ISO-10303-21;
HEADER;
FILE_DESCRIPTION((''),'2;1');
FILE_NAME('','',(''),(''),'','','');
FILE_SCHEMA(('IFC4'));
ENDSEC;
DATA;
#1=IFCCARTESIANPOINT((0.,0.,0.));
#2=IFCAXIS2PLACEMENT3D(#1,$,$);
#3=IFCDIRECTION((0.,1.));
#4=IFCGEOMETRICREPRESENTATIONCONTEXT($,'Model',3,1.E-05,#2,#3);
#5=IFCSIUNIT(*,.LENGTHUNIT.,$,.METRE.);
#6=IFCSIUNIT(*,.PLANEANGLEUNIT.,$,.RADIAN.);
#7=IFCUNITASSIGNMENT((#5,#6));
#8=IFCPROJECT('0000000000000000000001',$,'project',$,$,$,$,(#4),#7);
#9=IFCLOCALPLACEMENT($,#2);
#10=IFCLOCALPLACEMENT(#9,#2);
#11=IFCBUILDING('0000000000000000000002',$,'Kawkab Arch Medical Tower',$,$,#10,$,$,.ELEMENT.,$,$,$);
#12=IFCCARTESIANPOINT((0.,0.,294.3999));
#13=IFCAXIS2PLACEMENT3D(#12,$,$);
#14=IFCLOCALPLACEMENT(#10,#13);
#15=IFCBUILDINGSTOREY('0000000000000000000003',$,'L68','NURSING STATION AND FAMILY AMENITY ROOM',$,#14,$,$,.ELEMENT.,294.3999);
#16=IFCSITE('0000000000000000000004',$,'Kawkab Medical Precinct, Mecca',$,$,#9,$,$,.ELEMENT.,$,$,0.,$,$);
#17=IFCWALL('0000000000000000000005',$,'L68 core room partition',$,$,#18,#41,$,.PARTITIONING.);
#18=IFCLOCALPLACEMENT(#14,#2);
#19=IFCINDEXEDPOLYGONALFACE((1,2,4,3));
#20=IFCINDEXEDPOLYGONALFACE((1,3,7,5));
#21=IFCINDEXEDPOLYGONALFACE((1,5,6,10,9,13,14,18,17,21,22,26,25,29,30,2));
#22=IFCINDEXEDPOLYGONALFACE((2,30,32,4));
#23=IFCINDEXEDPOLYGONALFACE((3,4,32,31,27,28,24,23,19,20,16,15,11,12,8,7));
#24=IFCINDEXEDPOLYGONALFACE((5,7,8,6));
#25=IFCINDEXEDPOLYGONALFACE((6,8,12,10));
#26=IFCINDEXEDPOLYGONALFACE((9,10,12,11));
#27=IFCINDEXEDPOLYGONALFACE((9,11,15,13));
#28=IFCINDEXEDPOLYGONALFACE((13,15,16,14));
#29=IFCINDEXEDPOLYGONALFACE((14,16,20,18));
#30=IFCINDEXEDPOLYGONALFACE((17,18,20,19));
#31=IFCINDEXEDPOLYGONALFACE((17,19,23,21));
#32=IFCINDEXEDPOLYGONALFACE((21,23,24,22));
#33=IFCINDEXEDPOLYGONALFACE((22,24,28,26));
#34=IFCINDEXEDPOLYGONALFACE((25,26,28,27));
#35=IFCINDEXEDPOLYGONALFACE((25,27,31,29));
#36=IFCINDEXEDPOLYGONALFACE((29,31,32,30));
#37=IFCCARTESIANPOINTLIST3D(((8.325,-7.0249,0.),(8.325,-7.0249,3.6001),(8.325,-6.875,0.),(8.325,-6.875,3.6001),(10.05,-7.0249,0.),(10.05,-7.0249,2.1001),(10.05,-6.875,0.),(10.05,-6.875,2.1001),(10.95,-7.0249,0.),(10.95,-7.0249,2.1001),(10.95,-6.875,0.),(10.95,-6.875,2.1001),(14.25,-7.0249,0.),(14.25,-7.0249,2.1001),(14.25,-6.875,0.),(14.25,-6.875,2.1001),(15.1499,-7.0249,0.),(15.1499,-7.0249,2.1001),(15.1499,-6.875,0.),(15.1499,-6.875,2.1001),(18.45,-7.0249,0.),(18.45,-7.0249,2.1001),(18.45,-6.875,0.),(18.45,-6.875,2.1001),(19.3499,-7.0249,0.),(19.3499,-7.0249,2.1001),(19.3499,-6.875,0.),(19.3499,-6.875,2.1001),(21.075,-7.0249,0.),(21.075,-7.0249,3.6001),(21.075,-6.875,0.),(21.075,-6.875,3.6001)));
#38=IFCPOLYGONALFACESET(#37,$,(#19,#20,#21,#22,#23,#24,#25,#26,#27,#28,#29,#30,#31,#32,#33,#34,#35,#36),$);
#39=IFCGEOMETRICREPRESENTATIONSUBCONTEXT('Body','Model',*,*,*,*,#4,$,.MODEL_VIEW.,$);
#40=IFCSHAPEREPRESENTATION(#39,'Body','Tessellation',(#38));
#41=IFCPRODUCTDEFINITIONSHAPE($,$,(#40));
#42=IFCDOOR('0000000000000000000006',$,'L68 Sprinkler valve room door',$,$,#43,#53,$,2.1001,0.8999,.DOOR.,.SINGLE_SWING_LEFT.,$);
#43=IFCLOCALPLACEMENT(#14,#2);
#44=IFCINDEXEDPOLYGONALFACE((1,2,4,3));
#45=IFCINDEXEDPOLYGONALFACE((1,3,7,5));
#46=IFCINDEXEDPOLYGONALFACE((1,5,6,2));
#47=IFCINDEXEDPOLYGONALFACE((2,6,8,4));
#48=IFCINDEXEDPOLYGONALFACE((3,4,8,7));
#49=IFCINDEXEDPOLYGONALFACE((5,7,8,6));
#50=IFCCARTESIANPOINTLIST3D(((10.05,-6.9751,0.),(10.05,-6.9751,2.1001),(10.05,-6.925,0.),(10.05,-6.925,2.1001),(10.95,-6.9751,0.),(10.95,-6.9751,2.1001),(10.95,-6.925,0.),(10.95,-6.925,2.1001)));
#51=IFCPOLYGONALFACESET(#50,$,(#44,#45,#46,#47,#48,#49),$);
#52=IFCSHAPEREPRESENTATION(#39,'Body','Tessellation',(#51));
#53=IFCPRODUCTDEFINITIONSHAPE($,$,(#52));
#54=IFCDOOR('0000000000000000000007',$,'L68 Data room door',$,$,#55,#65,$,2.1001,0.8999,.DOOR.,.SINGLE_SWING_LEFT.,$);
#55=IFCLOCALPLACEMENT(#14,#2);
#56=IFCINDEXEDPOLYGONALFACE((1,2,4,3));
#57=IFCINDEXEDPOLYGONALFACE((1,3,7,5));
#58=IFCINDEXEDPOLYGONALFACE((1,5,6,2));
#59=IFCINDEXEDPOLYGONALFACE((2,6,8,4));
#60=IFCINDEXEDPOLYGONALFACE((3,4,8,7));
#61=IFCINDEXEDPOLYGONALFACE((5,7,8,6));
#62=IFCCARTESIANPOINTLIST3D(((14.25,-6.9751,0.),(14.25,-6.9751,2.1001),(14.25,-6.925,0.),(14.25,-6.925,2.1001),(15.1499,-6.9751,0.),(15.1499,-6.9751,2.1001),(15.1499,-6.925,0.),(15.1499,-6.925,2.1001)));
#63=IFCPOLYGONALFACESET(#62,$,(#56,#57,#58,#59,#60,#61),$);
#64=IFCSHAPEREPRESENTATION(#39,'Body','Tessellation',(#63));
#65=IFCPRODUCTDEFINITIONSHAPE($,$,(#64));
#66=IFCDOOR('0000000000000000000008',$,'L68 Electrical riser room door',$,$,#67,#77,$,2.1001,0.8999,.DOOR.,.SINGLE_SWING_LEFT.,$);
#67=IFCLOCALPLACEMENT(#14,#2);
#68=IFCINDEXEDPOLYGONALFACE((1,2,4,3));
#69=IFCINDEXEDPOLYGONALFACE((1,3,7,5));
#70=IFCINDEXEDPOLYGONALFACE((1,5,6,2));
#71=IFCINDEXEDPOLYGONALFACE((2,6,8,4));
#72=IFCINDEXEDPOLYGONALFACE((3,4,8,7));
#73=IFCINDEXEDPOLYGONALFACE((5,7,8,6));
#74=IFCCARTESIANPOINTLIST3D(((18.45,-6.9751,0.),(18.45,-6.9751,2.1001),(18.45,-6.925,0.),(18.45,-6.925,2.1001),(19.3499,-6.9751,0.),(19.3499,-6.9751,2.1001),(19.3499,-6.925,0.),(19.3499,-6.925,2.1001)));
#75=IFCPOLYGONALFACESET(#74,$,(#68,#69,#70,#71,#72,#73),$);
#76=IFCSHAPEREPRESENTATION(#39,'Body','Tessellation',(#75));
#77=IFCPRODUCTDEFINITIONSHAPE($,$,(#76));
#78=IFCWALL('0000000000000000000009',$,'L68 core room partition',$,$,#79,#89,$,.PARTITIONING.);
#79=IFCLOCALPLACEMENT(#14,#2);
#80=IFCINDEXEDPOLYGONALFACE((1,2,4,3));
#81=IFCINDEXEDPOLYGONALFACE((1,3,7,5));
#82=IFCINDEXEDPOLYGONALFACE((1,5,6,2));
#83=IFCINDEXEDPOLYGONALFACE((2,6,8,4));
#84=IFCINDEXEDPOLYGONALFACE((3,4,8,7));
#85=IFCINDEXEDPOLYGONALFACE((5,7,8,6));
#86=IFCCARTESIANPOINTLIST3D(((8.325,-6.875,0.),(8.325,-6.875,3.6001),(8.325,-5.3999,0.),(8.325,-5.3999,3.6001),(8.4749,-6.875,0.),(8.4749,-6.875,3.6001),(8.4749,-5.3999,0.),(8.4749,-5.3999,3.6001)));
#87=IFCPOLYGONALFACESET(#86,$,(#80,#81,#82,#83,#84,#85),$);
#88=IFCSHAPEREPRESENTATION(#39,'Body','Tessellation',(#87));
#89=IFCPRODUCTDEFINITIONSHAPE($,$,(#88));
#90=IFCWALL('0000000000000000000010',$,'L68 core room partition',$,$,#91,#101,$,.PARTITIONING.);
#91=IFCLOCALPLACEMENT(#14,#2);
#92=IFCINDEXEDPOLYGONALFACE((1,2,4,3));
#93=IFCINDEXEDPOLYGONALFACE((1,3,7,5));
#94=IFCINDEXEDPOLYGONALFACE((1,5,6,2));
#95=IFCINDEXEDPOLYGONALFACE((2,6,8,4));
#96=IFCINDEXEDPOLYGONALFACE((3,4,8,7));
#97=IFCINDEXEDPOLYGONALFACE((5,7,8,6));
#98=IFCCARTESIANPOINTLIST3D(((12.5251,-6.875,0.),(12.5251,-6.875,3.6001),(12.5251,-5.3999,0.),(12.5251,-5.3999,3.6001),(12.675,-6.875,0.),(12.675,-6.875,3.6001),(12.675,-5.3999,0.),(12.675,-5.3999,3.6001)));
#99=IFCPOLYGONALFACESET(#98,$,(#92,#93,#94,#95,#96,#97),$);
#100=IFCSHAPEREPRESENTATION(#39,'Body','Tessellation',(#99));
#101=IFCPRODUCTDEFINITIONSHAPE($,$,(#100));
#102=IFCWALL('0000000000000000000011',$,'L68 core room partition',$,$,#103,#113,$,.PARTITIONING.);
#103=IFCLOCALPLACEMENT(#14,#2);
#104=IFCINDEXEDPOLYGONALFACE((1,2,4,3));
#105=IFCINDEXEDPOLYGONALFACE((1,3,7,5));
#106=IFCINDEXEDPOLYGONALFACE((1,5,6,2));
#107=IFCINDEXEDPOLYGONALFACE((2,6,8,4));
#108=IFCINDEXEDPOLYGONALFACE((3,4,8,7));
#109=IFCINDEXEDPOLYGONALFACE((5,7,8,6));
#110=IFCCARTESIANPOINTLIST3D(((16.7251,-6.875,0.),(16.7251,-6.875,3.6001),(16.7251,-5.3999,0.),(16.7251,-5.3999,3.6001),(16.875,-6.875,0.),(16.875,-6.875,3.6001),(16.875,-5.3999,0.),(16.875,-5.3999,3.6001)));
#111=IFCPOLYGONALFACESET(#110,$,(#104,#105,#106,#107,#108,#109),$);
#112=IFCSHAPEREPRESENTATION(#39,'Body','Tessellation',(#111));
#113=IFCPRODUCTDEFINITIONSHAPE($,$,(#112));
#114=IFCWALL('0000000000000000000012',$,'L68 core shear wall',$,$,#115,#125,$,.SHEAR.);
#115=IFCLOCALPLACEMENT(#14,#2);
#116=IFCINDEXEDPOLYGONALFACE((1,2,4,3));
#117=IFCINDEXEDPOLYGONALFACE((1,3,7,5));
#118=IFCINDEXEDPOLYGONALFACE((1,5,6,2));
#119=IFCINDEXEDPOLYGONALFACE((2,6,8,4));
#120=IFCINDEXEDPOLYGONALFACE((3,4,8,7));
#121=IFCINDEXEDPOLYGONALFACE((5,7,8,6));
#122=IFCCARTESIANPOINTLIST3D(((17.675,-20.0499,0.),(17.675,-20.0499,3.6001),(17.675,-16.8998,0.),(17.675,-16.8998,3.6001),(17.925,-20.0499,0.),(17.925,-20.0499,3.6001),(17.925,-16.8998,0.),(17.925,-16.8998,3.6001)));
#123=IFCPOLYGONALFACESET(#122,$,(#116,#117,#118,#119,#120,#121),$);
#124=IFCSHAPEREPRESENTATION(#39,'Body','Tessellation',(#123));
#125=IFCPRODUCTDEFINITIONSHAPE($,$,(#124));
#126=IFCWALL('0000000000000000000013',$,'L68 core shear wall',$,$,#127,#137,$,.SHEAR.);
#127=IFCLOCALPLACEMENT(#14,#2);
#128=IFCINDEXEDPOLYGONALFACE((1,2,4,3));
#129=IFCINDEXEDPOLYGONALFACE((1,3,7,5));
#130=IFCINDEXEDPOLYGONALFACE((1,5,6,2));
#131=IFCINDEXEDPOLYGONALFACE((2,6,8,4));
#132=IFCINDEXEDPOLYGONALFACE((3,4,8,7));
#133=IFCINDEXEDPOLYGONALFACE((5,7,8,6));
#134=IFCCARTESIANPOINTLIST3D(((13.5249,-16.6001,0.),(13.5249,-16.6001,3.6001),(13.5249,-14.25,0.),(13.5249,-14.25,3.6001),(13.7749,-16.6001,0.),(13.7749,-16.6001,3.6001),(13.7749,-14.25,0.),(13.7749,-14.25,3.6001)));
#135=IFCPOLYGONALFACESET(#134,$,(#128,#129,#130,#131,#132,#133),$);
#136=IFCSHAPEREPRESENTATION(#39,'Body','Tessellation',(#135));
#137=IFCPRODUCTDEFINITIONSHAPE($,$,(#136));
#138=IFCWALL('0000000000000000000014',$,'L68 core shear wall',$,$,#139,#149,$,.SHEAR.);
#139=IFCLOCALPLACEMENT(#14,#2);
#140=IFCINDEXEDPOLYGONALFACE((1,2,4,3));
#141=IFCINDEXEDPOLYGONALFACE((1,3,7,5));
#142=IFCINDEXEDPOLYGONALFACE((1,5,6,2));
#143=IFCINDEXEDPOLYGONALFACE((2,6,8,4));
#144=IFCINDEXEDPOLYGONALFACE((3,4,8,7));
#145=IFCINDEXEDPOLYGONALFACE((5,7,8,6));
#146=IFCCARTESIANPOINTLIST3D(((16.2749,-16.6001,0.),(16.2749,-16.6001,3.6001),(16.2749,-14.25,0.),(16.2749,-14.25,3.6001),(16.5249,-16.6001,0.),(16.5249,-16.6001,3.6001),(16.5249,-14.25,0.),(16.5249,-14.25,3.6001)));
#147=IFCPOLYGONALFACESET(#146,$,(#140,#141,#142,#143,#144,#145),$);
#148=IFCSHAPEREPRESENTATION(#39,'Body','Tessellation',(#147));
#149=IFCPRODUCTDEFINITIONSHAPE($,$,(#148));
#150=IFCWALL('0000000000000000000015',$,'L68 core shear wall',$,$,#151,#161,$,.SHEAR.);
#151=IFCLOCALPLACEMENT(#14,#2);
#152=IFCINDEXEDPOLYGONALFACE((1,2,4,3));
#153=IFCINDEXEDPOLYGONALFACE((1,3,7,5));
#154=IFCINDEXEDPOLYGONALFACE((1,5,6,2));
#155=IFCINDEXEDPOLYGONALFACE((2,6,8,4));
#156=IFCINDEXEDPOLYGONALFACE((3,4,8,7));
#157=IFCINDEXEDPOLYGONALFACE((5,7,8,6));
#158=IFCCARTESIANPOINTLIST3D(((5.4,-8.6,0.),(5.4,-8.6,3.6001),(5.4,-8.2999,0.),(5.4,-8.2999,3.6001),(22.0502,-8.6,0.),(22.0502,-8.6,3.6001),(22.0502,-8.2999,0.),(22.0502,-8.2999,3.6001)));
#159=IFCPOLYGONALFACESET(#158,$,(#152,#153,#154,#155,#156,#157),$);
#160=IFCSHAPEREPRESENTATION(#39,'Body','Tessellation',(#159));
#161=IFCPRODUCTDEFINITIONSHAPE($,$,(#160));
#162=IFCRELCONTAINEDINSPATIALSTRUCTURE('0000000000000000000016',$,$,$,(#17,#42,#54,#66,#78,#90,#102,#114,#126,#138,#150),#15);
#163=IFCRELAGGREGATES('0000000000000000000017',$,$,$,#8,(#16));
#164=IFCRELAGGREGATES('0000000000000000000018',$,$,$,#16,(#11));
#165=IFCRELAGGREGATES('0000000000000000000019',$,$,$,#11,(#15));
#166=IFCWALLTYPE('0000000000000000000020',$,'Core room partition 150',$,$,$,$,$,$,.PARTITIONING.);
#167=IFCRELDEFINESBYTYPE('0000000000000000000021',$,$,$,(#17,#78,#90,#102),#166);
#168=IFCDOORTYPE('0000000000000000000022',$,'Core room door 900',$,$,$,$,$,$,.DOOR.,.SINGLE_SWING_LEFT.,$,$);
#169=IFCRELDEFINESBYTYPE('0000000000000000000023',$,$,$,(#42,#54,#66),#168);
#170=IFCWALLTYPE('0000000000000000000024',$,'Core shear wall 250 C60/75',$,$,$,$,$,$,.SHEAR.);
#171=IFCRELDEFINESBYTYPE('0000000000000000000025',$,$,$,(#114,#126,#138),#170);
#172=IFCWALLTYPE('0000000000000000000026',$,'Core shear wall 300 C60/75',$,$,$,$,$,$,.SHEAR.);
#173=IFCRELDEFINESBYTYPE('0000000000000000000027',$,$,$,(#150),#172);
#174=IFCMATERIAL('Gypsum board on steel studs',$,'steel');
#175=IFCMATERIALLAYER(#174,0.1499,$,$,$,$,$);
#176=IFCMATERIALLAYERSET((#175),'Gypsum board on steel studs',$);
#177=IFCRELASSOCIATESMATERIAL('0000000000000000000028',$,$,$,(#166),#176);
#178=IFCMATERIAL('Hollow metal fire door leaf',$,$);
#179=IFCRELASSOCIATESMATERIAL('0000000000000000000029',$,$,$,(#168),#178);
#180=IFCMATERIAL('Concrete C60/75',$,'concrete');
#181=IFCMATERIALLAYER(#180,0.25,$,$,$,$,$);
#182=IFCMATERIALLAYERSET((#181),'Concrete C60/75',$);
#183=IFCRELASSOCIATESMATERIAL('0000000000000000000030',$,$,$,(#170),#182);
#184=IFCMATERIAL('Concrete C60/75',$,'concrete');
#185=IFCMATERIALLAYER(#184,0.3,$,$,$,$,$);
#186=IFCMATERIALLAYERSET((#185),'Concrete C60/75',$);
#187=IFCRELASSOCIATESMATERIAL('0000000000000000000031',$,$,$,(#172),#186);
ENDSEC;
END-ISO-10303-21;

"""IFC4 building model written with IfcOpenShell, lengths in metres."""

from ifc_helpers import new_model, si_unit, direction, frame, frame_2d, origin, place, context, subcontext, project, spatial, rectangle, extrude, material, layer, layer_set, type_object, element, fill, save


model = new_model("IFC4")

# Units and contexts
model_context = context("Model", 3, precision=1e-05, world=origin(), true_north=direction((0.0, 1.0)))
body_context = subcontext(model_context, "Body", "Model", "MODEL_VIEW")
ifc_project = project(units=[si_unit("LENGTHUNIT", "METRE"), si_unit("PLANEANGLEUNIT", "RADIAN")], contexts=[model_context])

# Site, building, storey
site_placement = place(None, origin())
site = spatial("IfcSite", under=ifc_project, at=site_placement, Name="Kawkab Medical Precinct, Mecca", CompositionType="ELEMENT", RefElevation=0.0)
building_placement = place(site_placement, origin())
building = spatial("IfcBuilding", under=site, at=building_placement, Name="Kawkab Arch Medical Tower", CompositionType="ELEMENT")
storey_placement = place(building_placement, frame((0.0, 0.0, 294.3999)))
storey = spatial("IfcBuildingStorey", under=building, at=storey_placement, Name="L68", Description="NURSING STATION AND FAMILY AMENITY ROOM", CompositionType="ELEMENT", Elevation=294.3999)

# Wall, openings, doors
ifc_material_1 = material(Name="Gypsum board on steel studs", Category="steel")
ifc_layer_1 = layer(ifc_material_1, 0.1499)
ifc_layer_set_1 = layer_set([ifc_layer_1], Name="Gypsum board on steel studs")
wall_type_1 = type_object("IfcWallType", Name="Core room partition 150", PredefinedType="PARTITIONING", material=ifc_layer_set_1)
wall_1_placement = place(storey_placement, frame((8.325, -6.95, 0.0), z_axis=(0.0, 0.0, 1.0), x_axis=(1.0, 0.0, 0.0)))
wall_1 = element("IfcWall", 1, at=wall_1_placement, inside=storey, type_object=wall_type_1, Name="L68 core room partition", PredefinedType="PARTITIONING", context=body_context, shape_type="SweptSolid", body=[
    extrude(rectangle(XDim=12.75, YDim=0.1499, at=frame_2d((6.375, 0.0))), origin(), (0.0, 0.0, 1.0), 3.6001),
])
opening_1_placement = place(wall_1_placement, frame((1.7251, 0.0, 0.0)))
opening_1 = element("IfcOpeningElement", 2, at=opening_1_placement, cuts=wall_1, PredefinedType="OPENING", context=body_context, shape_type="SweptSolid", body=[
    extrude(rectangle(XDim=0.8999, YDim=2.1001, at=frame_2d((0.45, 1.05))), frame((0.0, 0.085, 0.0), z_axis=(0.0, -1.0, 0.0), x_axis=(1.0, 0.0, 0.0)), (0.0, 0.0, 1.0), 0.1699),
])
opening_2_placement = place(wall_1_placement, frame((5.925, 0.0, 0.0)))
opening_2 = element("IfcOpeningElement", 3, at=opening_2_placement, cuts=wall_1, PredefinedType="OPENING", context=body_context, shape_type="SweptSolid", body=[
    extrude(rectangle(XDim=0.8999, YDim=2.1001, at=frame_2d((0.45, 1.05))), frame((0.0, 0.085, 0.0), z_axis=(0.0, -1.0, 0.0), x_axis=(1.0, 0.0, 0.0)), (0.0, 0.0, 1.0), 0.1699),
])
opening_3_placement = place(wall_1_placement, frame((10.125, 0.0, 0.0)))
opening_3 = element("IfcOpeningElement", 4, at=opening_3_placement, cuts=wall_1, PredefinedType="OPENING", context=body_context, shape_type="SweptSolid", body=[
    extrude(rectangle(XDim=0.8999, YDim=2.1001, at=frame_2d((0.45, 1.05))), frame((0.0, 0.085, 0.0), z_axis=(0.0, -1.0, 0.0), x_axis=(1.0, 0.0, 0.0)), (0.0, 0.0, 1.0), 0.1699),
])
ifc_material_2 = material(Name="Hollow metal fire door leaf")
door_type = type_object("IfcDoorType", Name="Core room door 900", OperationType="SINGLE_SWING_LEFT", PredefinedType="DOOR", material=ifc_material_2)
door_1_placement = place(opening_1_placement, origin())
door_1 = element("IfcDoor", 5, at=door_1_placement, inside=storey, type_object=door_type, Name="L68 Sprinkler valve room door", OperationType="SINGLE_SWING_LEFT", OverallHeight=2.1001, OverallWidth=0.8999, PredefinedType="DOOR", context=body_context, shape_type="SweptSolid", body=[
    extrude(rectangle(XDim=0.8999, YDim=2.1001, at=frame_2d((0.45, 1.05))), frame((0.0, 0.0249, 0.0), z_axis=(0.0, -1.0, 0.0), x_axis=(1.0, 0.0, 0.0)), (0.0, 0.0, 1.0), 0.05),
])
fill(opening_1, door_1)
door_2_placement = place(opening_2_placement, origin())
door_2 = element("IfcDoor", 6, at=door_2_placement, inside=storey, type_object=door_type, Name="L68 Data room door", OperationType="SINGLE_SWING_LEFT", OverallHeight=2.1001, OverallWidth=0.8999, PredefinedType="DOOR", context=body_context, shape_type="SweptSolid", body=[
    extrude(rectangle(XDim=0.8999, YDim=2.1001, at=frame_2d((0.45, 1.05))), frame((0.0, 0.0249, 0.0), z_axis=(0.0, -1.0, 0.0), x_axis=(1.0, 0.0, 0.0)), (0.0, 0.0, 1.0), 0.05),
])
fill(opening_2, door_2)
door_3_placement = place(opening_3_placement, origin())
door_3 = element("IfcDoor", 7, at=door_3_placement, inside=storey, type_object=door_type, Name="L68 Electrical riser room door", OperationType="SINGLE_SWING_LEFT", OverallHeight=2.1001, OverallWidth=0.8999, PredefinedType="DOOR", context=body_context, shape_type="SweptSolid", body=[
    extrude(rectangle(XDim=0.8999, YDim=2.1001, at=frame_2d((0.45, 1.05))), frame((0.0, 0.0249, 0.0), z_axis=(0.0, -1.0, 0.0), x_axis=(1.0, 0.0, 0.0)), (0.0, 0.0, 1.0), 0.05),
])
fill(opening_3, door_3)

# Walls
for number, where, z_axis, x_axis, name in (
    (8, (8.3999, -6.875, 0.0), (0.0, 0.0, 1.0), (0.0, 1.0, 0.0), "L68 core room partition"),
    (9, (12.6001, -6.875, 0.0), (0.0, 0.0, 1.0), (0.0, 1.0, 0.0), "L68 core room partition"),
    (10, (16.8, -6.875, 0.0), (0.0, 0.0, 1.0), (0.0, 1.0, 0.0), "L68 core room partition"),
):
    element("IfcWall", number, at=place(storey_placement, frame(where, z_axis=z_axis, x_axis=x_axis)), inside=storey, type_object=wall_type_1, Name=name, PredefinedType="PARTITIONING", context=body_context, shape_type="SweptSolid", body=[
        extrude(rectangle(XDim=1.4751, YDim=0.1499, at=frame_2d((0.7375, 0.0))), origin(), (0.0, 0.0, 1.0), 3.6001),
    ])
ifc_material_3 = material(Name="Concrete C60/75", Category="concrete")
ifc_layer_2 = layer(ifc_material_3, 0.25)
ifc_layer_set_2 = layer_set([ifc_layer_2], Name="Concrete C60/75")
wall_type_2 = type_object("IfcWallType", Name="Core shear wall 250 C60/75", PredefinedType="SHEAR", material=ifc_layer_set_2)
wall_2_placement = place(storey_placement, frame((17.8, -20.05, 0.0), z_axis=(0.0, 0.0, 1.0), x_axis=(0.0, 1.0, 0.0)))
element("IfcWall", 11, at=wall_2_placement, inside=storey, type_object=wall_type_2, Name="L68 core shear wall", PredefinedType="SHEAR", context=body_context, shape_type="SweptSolid", body=[
    extrude(rectangle(XDim=3.1501, YDim=0.25, at=frame_2d((1.5752, 0.0))), origin(), (0.0, 0.0, 1.0), 3.6001),
])
for number, where, z_axis, x_axis, name in (
    (12, (13.6499, -16.6001, 0.0), (0.0, 0.0, 1.0), (0.0, 1.0, 0.0), "L68 core shear wall"),
    (13, (16.3999, -16.6001, 0.0), (0.0, 0.0, 1.0), (0.0, 1.0, 0.0), "L68 core shear wall"),
):
    element("IfcWall", number, at=place(storey_placement, frame(where, z_axis=z_axis, x_axis=x_axis)), inside=storey, type_object=wall_type_2, Name=name, PredefinedType="SHEAR", context=body_context, shape_type="SweptSolid", body=[
        extrude(rectangle(XDim=2.3501, YDim=0.25, at=frame_2d((1.175, 0.0))), origin(), (0.0, 0.0, 1.0), 3.6001),
    ])
ifc_material_4 = material(Name="Concrete C60/75", Category="concrete")
ifc_layer_3 = layer(ifc_material_4, 0.3)
ifc_layer_set_3 = layer_set([ifc_layer_3], Name="Concrete C60/75")
wall_type_3 = type_object("IfcWallType", Name="Core shear wall 300 C60/75", PredefinedType="SHEAR", material=ifc_layer_set_3)
wall_3_placement = place(storey_placement, frame((5.3999, -8.45, 0.0), z_axis=(0.0, 0.0, 1.0), x_axis=(1.0, 0.0, 0.0)))
element("IfcWall", 14, at=wall_3_placement, inside=storey, type_object=wall_type_3, Name="L68 core shear wall", PredefinedType="SHEAR", context=body_context, shape_type="SweptSolid", body=[
    extrude(rectangle(XDim=16.6501, YDim=0.3, at=frame_2d((8.3252, 0.0))), origin(), (0.0, 0.0, 1.0), 3.6001),
])

save(model, "model.ifc")
